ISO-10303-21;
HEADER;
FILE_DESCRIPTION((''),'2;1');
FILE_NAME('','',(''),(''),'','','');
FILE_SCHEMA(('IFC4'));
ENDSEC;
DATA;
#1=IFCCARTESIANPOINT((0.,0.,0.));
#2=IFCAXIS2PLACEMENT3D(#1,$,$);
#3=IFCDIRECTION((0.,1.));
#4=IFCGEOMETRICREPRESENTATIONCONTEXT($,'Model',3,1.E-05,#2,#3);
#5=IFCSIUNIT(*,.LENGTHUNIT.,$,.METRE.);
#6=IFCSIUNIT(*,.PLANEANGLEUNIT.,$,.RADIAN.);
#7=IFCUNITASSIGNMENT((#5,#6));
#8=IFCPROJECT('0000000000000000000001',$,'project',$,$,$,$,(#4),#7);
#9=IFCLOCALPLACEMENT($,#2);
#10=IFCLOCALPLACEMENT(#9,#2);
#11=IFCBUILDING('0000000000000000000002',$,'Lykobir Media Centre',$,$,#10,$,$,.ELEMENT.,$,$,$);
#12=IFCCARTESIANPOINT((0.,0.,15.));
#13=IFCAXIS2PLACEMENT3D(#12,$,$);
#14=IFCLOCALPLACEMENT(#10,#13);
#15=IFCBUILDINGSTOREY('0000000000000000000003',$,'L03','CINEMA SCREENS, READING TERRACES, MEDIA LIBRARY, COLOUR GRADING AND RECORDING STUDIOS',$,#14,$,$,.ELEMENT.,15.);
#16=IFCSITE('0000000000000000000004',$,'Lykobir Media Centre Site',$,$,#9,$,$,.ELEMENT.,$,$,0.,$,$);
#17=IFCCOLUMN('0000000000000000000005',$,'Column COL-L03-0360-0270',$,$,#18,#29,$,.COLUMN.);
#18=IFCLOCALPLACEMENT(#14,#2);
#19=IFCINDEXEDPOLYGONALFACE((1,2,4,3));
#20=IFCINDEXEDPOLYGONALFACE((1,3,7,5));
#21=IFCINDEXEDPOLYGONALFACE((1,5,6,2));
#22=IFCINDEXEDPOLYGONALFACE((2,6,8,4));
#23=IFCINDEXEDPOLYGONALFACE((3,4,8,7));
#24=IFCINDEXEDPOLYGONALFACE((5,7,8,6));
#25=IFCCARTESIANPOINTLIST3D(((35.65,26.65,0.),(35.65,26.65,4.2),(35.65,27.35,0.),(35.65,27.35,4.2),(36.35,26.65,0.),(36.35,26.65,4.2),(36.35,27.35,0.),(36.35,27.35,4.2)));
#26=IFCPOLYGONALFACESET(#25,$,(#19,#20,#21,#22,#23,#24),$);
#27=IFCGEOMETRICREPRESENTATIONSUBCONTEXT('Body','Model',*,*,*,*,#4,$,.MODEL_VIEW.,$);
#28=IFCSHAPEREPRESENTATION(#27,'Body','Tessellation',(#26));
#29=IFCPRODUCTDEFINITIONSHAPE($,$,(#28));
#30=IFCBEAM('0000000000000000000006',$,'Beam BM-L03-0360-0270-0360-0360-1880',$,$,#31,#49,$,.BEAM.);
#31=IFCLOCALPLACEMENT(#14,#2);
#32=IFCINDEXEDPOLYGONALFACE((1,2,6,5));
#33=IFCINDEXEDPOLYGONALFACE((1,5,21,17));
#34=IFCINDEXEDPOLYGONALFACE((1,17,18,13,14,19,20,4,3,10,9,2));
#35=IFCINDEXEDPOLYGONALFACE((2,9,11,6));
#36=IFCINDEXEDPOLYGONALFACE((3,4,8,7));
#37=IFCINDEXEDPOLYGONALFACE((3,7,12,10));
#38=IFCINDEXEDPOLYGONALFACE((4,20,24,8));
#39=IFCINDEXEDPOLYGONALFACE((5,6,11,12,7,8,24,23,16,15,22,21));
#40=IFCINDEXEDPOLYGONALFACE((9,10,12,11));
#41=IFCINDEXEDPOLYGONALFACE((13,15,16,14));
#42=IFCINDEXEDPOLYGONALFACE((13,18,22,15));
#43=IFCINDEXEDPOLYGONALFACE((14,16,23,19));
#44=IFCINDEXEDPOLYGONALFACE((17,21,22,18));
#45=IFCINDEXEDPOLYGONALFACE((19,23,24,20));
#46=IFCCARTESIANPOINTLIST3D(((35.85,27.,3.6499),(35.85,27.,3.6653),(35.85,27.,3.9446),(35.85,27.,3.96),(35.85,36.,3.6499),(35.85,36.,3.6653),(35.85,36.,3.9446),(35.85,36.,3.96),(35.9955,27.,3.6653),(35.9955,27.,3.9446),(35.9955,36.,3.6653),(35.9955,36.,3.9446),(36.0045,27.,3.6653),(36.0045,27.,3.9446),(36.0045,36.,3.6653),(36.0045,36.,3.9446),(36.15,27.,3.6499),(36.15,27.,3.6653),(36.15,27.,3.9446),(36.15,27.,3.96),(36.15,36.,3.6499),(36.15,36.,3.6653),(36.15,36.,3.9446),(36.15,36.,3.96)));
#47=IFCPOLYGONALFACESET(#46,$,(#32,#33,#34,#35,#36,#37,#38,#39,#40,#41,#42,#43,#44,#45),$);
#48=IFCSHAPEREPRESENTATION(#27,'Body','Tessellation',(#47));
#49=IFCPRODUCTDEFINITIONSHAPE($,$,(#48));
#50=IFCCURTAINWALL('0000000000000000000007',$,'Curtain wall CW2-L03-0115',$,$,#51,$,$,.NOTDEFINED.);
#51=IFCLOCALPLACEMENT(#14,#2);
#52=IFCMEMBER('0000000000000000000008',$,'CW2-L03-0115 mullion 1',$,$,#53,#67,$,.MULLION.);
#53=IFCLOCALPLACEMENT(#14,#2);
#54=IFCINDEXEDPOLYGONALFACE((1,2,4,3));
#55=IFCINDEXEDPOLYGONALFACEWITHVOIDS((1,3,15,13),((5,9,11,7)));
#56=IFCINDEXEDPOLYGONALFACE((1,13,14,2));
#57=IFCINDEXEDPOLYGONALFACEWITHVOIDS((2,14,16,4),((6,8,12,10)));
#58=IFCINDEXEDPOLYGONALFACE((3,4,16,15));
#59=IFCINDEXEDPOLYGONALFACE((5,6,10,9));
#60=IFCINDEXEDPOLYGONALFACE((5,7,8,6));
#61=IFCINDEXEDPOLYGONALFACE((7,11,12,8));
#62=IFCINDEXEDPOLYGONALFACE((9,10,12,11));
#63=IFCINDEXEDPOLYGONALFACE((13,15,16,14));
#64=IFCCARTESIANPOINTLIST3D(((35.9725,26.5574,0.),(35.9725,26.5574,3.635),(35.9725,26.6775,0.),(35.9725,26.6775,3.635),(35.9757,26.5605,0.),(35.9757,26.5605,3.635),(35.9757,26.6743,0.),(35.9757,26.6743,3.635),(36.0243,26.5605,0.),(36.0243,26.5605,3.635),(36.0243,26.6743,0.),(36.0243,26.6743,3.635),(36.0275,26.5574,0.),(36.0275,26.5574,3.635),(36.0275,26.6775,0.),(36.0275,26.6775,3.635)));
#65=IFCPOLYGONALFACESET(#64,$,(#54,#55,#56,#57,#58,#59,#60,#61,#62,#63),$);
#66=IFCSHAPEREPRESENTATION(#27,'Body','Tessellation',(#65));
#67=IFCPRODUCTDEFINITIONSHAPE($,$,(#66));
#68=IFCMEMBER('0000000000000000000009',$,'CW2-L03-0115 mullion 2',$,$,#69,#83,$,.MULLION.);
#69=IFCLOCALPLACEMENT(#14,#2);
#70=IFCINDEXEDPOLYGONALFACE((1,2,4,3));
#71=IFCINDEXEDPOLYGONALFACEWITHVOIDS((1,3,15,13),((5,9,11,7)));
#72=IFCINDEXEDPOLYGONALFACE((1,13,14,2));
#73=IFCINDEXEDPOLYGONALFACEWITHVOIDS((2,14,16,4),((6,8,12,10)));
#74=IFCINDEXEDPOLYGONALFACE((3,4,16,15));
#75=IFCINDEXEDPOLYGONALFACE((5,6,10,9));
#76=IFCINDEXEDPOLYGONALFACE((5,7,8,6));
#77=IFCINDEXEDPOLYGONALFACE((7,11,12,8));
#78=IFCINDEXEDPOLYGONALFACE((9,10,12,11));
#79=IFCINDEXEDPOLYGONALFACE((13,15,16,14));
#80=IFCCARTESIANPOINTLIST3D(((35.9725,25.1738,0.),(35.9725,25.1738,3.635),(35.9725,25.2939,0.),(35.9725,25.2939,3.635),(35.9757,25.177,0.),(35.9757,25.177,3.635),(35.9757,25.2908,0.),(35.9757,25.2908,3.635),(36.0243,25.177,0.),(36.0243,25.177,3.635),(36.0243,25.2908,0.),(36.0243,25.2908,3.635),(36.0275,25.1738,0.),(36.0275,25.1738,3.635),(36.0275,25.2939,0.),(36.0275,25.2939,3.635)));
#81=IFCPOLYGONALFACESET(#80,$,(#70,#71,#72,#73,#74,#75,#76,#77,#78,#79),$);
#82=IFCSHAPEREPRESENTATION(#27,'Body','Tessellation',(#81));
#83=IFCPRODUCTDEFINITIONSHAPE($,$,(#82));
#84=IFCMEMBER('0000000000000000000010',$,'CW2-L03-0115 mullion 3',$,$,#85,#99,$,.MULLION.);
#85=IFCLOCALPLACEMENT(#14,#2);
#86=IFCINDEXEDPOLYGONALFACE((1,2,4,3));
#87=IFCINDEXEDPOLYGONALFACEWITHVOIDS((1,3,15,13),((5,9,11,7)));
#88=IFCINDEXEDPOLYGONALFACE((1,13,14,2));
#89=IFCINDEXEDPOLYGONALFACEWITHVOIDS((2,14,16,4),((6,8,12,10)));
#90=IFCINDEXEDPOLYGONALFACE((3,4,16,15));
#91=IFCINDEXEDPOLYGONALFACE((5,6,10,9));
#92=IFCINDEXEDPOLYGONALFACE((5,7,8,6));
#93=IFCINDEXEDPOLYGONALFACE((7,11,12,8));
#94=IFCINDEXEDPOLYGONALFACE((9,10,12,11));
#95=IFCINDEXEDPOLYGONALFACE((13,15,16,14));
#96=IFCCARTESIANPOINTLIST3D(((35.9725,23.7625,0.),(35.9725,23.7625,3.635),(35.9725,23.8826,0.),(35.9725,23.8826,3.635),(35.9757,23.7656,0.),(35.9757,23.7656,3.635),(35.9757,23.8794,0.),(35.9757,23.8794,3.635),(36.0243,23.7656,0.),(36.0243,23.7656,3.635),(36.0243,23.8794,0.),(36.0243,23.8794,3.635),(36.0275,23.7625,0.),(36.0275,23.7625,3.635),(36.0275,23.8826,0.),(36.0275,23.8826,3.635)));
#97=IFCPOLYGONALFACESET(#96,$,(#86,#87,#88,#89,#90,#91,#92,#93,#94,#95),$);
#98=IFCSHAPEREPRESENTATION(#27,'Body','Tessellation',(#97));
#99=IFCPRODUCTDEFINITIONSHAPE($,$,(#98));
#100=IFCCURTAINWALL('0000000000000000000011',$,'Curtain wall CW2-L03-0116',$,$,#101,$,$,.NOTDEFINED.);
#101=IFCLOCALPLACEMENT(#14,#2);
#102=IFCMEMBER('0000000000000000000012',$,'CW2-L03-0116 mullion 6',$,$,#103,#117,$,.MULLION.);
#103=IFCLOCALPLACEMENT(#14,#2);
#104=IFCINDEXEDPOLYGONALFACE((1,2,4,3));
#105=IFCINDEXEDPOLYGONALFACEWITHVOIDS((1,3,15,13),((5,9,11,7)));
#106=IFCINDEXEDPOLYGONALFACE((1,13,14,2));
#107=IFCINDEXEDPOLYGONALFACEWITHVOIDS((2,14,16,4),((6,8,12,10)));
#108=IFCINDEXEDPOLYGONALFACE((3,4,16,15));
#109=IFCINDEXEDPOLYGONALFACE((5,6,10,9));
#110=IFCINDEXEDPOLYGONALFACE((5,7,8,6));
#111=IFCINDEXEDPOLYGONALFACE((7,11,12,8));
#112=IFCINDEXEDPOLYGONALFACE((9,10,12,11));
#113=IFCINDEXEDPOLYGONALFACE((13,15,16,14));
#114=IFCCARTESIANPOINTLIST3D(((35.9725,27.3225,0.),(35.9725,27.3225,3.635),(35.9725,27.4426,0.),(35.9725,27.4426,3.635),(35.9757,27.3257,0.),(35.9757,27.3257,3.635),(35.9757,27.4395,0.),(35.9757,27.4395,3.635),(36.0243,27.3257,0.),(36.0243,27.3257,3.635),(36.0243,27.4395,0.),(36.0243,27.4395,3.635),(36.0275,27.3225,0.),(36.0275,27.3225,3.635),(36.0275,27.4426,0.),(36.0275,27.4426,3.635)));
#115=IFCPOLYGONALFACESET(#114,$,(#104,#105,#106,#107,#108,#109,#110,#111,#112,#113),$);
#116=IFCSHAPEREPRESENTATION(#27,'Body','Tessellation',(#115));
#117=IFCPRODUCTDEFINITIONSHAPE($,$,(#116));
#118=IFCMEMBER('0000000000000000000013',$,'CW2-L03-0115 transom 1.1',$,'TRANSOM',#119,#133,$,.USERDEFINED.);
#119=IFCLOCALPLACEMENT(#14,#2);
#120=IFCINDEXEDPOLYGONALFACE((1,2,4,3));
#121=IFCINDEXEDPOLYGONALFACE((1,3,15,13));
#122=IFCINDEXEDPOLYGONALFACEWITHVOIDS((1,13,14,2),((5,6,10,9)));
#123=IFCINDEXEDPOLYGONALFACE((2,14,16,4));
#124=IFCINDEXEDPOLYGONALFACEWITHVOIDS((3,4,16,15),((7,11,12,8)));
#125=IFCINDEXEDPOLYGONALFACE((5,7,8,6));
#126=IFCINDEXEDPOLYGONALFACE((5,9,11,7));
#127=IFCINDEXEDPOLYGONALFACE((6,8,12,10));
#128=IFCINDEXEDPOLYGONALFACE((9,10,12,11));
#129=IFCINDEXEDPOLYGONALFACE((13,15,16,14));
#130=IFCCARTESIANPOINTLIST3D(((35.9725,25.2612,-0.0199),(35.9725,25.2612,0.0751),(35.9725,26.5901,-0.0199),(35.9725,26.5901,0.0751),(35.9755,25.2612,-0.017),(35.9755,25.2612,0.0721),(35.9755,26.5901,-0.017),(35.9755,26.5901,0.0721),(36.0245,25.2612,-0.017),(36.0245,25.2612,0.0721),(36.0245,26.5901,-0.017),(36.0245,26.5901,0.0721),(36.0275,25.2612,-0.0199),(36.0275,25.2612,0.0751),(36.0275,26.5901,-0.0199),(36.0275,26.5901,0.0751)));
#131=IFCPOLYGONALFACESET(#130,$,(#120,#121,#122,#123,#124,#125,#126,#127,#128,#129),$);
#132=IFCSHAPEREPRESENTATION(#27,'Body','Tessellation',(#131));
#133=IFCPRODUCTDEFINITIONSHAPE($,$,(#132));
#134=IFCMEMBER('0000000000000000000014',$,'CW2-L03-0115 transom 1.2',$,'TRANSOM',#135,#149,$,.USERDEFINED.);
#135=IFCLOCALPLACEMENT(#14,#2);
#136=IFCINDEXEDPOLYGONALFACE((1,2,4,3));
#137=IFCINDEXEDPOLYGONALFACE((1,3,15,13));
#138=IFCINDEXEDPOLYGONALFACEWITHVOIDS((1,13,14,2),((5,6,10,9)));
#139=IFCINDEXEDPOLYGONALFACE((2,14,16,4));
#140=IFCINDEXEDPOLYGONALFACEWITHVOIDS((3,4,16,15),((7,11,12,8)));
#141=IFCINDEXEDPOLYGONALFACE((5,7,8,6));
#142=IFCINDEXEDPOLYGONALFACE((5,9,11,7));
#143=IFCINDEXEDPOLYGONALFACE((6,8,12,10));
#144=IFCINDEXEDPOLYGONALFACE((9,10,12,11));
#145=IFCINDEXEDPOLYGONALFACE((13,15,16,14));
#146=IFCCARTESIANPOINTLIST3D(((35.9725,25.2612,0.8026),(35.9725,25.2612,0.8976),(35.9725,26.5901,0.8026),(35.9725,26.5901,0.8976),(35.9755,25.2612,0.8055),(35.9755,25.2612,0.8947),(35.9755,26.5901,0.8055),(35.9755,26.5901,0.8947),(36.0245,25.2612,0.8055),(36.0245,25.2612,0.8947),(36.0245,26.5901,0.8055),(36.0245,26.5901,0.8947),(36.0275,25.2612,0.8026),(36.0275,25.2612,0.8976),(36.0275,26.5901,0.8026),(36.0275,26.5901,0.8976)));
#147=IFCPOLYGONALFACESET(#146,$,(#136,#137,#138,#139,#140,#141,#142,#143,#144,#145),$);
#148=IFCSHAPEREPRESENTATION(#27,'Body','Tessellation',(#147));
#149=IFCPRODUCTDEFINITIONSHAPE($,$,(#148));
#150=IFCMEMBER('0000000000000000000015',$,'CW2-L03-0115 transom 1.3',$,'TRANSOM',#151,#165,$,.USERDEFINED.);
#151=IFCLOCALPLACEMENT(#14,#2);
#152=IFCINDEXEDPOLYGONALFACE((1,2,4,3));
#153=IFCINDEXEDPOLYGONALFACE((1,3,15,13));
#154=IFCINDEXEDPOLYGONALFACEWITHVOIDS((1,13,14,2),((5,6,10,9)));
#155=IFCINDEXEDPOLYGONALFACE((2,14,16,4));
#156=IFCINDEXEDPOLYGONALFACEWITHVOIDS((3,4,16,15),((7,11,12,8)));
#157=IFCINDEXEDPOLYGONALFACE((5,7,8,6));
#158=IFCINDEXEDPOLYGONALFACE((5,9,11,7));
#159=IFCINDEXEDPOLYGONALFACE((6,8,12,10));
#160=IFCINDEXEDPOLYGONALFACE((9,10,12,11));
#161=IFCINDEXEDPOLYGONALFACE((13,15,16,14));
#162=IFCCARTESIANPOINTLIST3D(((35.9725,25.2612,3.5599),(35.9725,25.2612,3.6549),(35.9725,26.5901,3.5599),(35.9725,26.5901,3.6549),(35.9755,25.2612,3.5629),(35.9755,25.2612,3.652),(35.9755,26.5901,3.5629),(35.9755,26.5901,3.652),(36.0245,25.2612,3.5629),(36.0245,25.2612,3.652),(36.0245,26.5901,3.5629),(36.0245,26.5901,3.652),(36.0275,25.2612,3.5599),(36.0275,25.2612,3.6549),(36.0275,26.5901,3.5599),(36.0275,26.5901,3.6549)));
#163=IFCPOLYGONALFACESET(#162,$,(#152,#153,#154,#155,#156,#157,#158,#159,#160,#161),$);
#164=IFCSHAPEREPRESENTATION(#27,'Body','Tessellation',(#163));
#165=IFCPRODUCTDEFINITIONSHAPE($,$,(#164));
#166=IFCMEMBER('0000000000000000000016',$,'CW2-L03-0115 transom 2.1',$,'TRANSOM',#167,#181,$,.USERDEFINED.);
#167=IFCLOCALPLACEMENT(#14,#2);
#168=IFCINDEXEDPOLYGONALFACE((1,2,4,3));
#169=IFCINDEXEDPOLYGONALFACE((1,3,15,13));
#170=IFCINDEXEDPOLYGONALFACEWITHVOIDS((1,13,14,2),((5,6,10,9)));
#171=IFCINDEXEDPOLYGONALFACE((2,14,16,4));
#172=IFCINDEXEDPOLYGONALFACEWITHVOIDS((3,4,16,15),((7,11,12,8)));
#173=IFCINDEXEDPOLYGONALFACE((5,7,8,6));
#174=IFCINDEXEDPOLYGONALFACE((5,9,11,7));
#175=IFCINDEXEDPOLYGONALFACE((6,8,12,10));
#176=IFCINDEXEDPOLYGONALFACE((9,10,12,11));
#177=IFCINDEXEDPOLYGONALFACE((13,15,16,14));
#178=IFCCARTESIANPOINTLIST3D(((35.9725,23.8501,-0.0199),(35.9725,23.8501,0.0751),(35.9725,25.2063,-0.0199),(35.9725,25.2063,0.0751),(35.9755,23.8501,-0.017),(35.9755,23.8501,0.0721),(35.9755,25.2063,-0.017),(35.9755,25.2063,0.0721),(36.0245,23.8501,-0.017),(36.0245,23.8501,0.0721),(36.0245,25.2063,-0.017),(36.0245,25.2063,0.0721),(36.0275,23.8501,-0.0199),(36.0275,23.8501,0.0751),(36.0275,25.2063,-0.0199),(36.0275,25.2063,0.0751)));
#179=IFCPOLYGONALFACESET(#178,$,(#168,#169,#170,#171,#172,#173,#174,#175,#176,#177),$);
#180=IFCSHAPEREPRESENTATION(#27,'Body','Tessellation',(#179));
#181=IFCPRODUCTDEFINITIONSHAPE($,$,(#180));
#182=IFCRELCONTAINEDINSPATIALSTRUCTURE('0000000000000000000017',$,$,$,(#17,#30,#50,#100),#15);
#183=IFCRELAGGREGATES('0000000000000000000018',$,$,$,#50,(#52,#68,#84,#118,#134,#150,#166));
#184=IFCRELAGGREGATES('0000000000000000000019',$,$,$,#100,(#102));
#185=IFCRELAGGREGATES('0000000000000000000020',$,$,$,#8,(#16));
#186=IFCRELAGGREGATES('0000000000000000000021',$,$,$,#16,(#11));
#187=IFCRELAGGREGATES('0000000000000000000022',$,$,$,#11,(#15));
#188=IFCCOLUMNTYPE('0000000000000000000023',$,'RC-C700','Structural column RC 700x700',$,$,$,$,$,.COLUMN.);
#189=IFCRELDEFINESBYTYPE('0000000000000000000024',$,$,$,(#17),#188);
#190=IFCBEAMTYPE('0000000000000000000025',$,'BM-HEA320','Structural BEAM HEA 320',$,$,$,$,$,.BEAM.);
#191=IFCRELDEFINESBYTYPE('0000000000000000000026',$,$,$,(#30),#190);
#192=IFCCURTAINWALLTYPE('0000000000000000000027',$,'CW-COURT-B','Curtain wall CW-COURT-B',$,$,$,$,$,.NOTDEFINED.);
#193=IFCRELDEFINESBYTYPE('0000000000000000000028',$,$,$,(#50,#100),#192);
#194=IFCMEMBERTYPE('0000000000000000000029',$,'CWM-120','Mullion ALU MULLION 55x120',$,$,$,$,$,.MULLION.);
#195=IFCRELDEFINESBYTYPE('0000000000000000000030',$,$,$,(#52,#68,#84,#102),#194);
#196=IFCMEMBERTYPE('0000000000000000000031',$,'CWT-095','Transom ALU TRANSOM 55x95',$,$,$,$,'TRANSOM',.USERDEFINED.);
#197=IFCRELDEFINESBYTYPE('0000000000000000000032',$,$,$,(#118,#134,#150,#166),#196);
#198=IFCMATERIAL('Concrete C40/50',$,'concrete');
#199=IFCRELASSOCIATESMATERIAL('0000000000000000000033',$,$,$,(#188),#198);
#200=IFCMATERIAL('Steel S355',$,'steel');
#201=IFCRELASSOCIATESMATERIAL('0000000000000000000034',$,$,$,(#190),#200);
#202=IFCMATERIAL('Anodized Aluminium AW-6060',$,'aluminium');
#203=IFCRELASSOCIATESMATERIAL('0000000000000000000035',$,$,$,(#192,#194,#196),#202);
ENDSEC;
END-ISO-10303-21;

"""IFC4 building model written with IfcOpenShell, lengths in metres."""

from ifc_helpers import new_model, si_unit, direction, frame, origin, origin_2d, place, context, subcontext, project, spatial, rectangle, hollow_rectangle, i_section, extrude, material, material_profile, profile_set, type_object, element, aggregate, save


model = new_model("IFC4")

# Units and contexts
model_context = context("Model", 3, precision=1e-05, world=origin(), true_north=direction((0.0, 1.0)))
body_context = subcontext(model_context, "Body", "Model", "MODEL_VIEW")
ifc_project = project(units=[si_unit("LENGTHUNIT", "METRE"), si_unit("PLANEANGLEUNIT", "RADIAN")], contexts=[model_context])

# Site, building, storey
site_placement = place(None, origin())
site = spatial("IfcSite", under=ifc_project, at=site_placement, Name="Lykobir Media Centre Site", CompositionType="ELEMENT", RefElevation=0.0)
building_placement = place(site_placement, origin())
building = spatial("IfcBuilding", under=site, at=building_placement, Name="Lykobir Media Centre", CompositionType="ELEMENT")
storey_placement = place(building_placement, frame((0.0, 0.0, 15.0)))
storey = spatial("IfcBuildingStorey", under=building, at=storey_placement, Name="L03", Description="CINEMA SCREENS, READING TERRACES, MEDIA LIBRARY, COLOUR GRADING AND RECORDING STUDIOS", CompositionType="ELEMENT", Elevation=15.0)

# Column
ifc_material_1 = material(Name="Concrete C40/50", Category="concrete")
ifc_material_profile_1 = material_profile(ifc_material_1, rectangle(XDim=0.7, YDim=0.7, at=origin_2d()), Name="RC 700x700")
ifc_profile_set_1 = profile_set([ifc_material_profile_1], Name="Concrete C40/50")
column_type = type_object("IfcColumnType", Name="RC-C700", Description="Structural column RC 700x700", PredefinedType="COLUMN", material=ifc_profile_set_1)
column_placement = place(storey_placement, frame((36.0, 27.0, 0.0), z_axis=(0.0, 0.0, 1.0), x_axis=(1.0, 0.0, 0.0)))
element("IfcColumn", 1, at=column_placement, inside=storey, type_object=column_type, Name="Column COL-L03-0360-0270", PredefinedType="COLUMN", context=body_context, shape_type="SweptSolid", body=[
    extrude(rectangle(XDim=0.7, YDim=0.7, at=origin_2d()), origin(), (0.0, 0.0, 1.0), 4.2),
])

# Beam
ifc_material_2 = material(Name="Steel S355", Category="steel")
ifc_material_profile_2 = material_profile(ifc_material_2, i_section(OverallWidth=0.3, OverallDepth=0.3101, WebThickness=0.009, FlangeThickness=0.0154, at=origin_2d()), Name="HEA 320")
ifc_profile_set_2 = profile_set([ifc_material_profile_2], Name="Steel S355")
beam_type = type_object("IfcBeamType", Name="BM-HEA320", Description="Structural BEAM HEA 320", PredefinedType="BEAM", material=ifc_profile_set_2)
beam_placement = place(storey_placement, frame((36.0, 27.0, 3.8049), z_axis=(0.0, 1.0, 0.0), x_axis=(-1.0, 0.0, 0.0)))
element("IfcBeam", 2, at=beam_placement, inside=storey, type_object=beam_type, Name="Beam BM-L03-0360-0270-0360-0360-1880", PredefinedType="BEAM", context=body_context, shape_type="SweptSolid", body=[
    extrude(i_section(OverallWidth=0.3, OverallDepth=0.3101, WebThickness=0.009, FlangeThickness=0.0154, at=origin_2d()), origin(), (0.0, 0.0, 1.0), 9.0),
])

# Curtain wall, members
ifc_material_3 = material(Name="Anodized Aluminium AW-6060", Category="aluminium")
curtain_wall_type = type_object("IfcCurtainWallType", Name="CW-COURT-B", Description="Curtain wall CW-COURT-B", PredefinedType="NOTDEFINED", material=ifc_material_3)
curtain_wall_1_placement = place(storey_placement, origin())
curtain_wall_1 = element("IfcCurtainWall", 3, at=curtain_wall_1_placement, inside=storey, type_object=curtain_wall_type, Name="Curtain wall CW2-L03-0115", PredefinedType="NOTDEFINED")
ifc_material_profile_3 = material_profile(ifc_material_3, hollow_rectangle(XDim=0.0549, YDim=0.1201, WallThickness=0.0032, at=origin_2d()), Name="ALU MULLION 55x120")
ifc_profile_set_3 = profile_set([ifc_material_profile_3], Name="Anodized Aluminium AW-6060")
member_type_1 = type_object("IfcMemberType", Name="CWM-120", Description="Mullion ALU MULLION 55x120", PredefinedType="MULLION", material=ifc_profile_set_3)
member_1_placement = place(storey_placement, frame((36.0, 26.6174, 0.0), z_axis=(0.0, 0.0, 1.0), x_axis=(1.0, 0.0, 0.0)))
member_1 = element("IfcMember", 4, at=member_1_placement, type_object=member_type_1, Name="CW2-L03-0115 mullion 1", PredefinedType="MULLION", context=body_context, shape_type="SweptSolid", body=[
    extrude(hollow_rectangle(XDim=0.0549, YDim=0.1201, WallThickness=0.0032, at=origin_2d()), origin(), (0.0, 0.0, 1.0), 3.635),
])
member_2_placement = place(storey_placement, frame((36.0, 25.2339, 0.0), z_axis=(0.0, 0.0, 1.0), x_axis=(1.0, 0.0, 0.0)))
member_2 = element("IfcMember", 5, at=member_2_placement, type_object=member_type_1, Name="CW2-L03-0115 mullion 2", PredefinedType="MULLION", context=body_context, shape_type="SweptSolid", body=[
    extrude(hollow_rectangle(XDim=0.0549, YDim=0.1201, WallThickness=0.0032, at=origin_2d()), origin(), (0.0, 0.0, 1.0), 3.635),
])
member_3_placement = place(storey_placement, frame((36.0, 23.8225, 0.0), z_axis=(0.0, 0.0, 1.0), x_axis=(1.0, 0.0, 0.0)))
member_3 = element("IfcMember", 6, at=member_3_placement, type_object=member_type_1, Name="CW2-L03-0115 mullion 3", PredefinedType="MULLION", context=body_context, shape_type="SweptSolid", body=[
    extrude(hollow_rectangle(XDim=0.0549, YDim=0.1201, WallThickness=0.0032, at=origin_2d()), origin(), (0.0, 0.0, 1.0), 3.635),
])

# Curtain wall, member
curtain_wall_2_placement = place(storey_placement, origin())
curtain_wall_2 = element("IfcCurtainWall", 7, at=curtain_wall_2_placement, inside=storey, type_object=curtain_wall_type, Name="Curtain wall CW2-L03-0116", PredefinedType="NOTDEFINED")
member_4_placement = place(storey_placement, frame((36.0, 27.3826, 0.0), z_axis=(0.0, 0.0, 1.0), x_axis=(1.0, 0.0, 0.0)))
member_4 = element("IfcMember", 8, at=member_4_placement, type_object=member_type_1, Name="CW2-L03-0116 mullion 6", PredefinedType="MULLION", context=body_context, shape_type="SweptSolid", body=[
    extrude(hollow_rectangle(XDim=0.0549, YDim=0.1201, WallThickness=0.0032, at=origin_2d()), origin(), (0.0, 0.0, 1.0), 3.635),
])

# Members
ifc_material_profile_4 = material_profile(ifc_material_3, hollow_rectangle(XDim=0.0549, YDim=0.095, WallThickness=0.0029, at=origin_2d()), Name="ALU TRANSOM 55x95")
ifc_profile_set_4 = profile_set([ifc_material_profile_4], Name="Anodized Aluminium AW-6060")
member_type_2 = type_object("IfcMemberType", Name="CWT-095", Description="Transom ALU TRANSOM 55x95", ElementType="TRANSOM", PredefinedType="USERDEFINED", material=ifc_profile_set_4)
member_5_placement = place(storey_placement, frame((36.0, 26.5901, 0.0276), z_axis=(0.0, -1.0, 0.0), x_axis=(1.0, 0.0, 0.0)))
member_5 = element("IfcMember", 9, at=member_5_placement, type_object=member_type_2, Name="CW2-L03-0115 transom 1.1", ObjectType="TRANSOM", PredefinedType="USERDEFINED", context=body_context, shape_type="SweptSolid", body=[
    extrude(hollow_rectangle(XDim=0.0549, YDim=0.095, WallThickness=0.0029, at=origin_2d()), origin(), (0.0, 0.0, 1.0), 1.3289),
])
member_6_placement = place(storey_placement, frame((36.0, 26.5901, 0.8501), z_axis=(0.0, -1.0, 0.0), x_axis=(1.0, 0.0, 0.0)))
member_6 = element("IfcMember", 10, at=member_6_placement, type_object=member_type_2, Name="CW2-L03-0115 transom 1.2", ObjectType="TRANSOM", PredefinedType="USERDEFINED", context=body_context, shape_type="SweptSolid", body=[
    extrude(hollow_rectangle(XDim=0.0549, YDim=0.095, WallThickness=0.0029, at=origin_2d()), origin(), (0.0, 0.0, 1.0), 1.3289),
])
member_7_placement = place(storey_placement, frame((36.0, 26.5901, 3.6074), z_axis=(0.0, -1.0, 0.0), x_axis=(1.0, 0.0, 0.0)))
member_7 = element("IfcMember", 11, at=member_7_placement, type_object=member_type_2, Name="CW2-L03-0115 transom 1.3", ObjectType="TRANSOM", PredefinedType="USERDEFINED", context=body_context, shape_type="SweptSolid", body=[
    extrude(hollow_rectangle(XDim=0.0549, YDim=0.095, WallThickness=0.0029, at=origin_2d()), origin(), (0.0, 0.0, 1.0), 1.3289),
])
member_8_placement = place(storey_placement, frame((36.0, 25.2063, 0.0276), z_axis=(0.0, -1.0, 0.0), x_axis=(1.0, 0.0, 0.0)))
member_8 = element("IfcMember", 12, at=member_8_placement, type_object=member_type_2, Name="CW2-L03-0115 transom 2.1", ObjectType="TRANSOM", PredefinedType="USERDEFINED", context=body_context, shape_type="SweptSolid", body=[
    extrude(hollow_rectangle(XDim=0.0549, YDim=0.095, WallThickness=0.0029, at=origin_2d()), origin(), (0.0, 0.0, 1.0), 1.3562),
])

aggregate(curtain_wall_1, [member_1, member_2, member_3, member_5, member_6, member_7, member_8])
aggregate(curtain_wall_2, [member_4])

save(model, "model.ifc")
